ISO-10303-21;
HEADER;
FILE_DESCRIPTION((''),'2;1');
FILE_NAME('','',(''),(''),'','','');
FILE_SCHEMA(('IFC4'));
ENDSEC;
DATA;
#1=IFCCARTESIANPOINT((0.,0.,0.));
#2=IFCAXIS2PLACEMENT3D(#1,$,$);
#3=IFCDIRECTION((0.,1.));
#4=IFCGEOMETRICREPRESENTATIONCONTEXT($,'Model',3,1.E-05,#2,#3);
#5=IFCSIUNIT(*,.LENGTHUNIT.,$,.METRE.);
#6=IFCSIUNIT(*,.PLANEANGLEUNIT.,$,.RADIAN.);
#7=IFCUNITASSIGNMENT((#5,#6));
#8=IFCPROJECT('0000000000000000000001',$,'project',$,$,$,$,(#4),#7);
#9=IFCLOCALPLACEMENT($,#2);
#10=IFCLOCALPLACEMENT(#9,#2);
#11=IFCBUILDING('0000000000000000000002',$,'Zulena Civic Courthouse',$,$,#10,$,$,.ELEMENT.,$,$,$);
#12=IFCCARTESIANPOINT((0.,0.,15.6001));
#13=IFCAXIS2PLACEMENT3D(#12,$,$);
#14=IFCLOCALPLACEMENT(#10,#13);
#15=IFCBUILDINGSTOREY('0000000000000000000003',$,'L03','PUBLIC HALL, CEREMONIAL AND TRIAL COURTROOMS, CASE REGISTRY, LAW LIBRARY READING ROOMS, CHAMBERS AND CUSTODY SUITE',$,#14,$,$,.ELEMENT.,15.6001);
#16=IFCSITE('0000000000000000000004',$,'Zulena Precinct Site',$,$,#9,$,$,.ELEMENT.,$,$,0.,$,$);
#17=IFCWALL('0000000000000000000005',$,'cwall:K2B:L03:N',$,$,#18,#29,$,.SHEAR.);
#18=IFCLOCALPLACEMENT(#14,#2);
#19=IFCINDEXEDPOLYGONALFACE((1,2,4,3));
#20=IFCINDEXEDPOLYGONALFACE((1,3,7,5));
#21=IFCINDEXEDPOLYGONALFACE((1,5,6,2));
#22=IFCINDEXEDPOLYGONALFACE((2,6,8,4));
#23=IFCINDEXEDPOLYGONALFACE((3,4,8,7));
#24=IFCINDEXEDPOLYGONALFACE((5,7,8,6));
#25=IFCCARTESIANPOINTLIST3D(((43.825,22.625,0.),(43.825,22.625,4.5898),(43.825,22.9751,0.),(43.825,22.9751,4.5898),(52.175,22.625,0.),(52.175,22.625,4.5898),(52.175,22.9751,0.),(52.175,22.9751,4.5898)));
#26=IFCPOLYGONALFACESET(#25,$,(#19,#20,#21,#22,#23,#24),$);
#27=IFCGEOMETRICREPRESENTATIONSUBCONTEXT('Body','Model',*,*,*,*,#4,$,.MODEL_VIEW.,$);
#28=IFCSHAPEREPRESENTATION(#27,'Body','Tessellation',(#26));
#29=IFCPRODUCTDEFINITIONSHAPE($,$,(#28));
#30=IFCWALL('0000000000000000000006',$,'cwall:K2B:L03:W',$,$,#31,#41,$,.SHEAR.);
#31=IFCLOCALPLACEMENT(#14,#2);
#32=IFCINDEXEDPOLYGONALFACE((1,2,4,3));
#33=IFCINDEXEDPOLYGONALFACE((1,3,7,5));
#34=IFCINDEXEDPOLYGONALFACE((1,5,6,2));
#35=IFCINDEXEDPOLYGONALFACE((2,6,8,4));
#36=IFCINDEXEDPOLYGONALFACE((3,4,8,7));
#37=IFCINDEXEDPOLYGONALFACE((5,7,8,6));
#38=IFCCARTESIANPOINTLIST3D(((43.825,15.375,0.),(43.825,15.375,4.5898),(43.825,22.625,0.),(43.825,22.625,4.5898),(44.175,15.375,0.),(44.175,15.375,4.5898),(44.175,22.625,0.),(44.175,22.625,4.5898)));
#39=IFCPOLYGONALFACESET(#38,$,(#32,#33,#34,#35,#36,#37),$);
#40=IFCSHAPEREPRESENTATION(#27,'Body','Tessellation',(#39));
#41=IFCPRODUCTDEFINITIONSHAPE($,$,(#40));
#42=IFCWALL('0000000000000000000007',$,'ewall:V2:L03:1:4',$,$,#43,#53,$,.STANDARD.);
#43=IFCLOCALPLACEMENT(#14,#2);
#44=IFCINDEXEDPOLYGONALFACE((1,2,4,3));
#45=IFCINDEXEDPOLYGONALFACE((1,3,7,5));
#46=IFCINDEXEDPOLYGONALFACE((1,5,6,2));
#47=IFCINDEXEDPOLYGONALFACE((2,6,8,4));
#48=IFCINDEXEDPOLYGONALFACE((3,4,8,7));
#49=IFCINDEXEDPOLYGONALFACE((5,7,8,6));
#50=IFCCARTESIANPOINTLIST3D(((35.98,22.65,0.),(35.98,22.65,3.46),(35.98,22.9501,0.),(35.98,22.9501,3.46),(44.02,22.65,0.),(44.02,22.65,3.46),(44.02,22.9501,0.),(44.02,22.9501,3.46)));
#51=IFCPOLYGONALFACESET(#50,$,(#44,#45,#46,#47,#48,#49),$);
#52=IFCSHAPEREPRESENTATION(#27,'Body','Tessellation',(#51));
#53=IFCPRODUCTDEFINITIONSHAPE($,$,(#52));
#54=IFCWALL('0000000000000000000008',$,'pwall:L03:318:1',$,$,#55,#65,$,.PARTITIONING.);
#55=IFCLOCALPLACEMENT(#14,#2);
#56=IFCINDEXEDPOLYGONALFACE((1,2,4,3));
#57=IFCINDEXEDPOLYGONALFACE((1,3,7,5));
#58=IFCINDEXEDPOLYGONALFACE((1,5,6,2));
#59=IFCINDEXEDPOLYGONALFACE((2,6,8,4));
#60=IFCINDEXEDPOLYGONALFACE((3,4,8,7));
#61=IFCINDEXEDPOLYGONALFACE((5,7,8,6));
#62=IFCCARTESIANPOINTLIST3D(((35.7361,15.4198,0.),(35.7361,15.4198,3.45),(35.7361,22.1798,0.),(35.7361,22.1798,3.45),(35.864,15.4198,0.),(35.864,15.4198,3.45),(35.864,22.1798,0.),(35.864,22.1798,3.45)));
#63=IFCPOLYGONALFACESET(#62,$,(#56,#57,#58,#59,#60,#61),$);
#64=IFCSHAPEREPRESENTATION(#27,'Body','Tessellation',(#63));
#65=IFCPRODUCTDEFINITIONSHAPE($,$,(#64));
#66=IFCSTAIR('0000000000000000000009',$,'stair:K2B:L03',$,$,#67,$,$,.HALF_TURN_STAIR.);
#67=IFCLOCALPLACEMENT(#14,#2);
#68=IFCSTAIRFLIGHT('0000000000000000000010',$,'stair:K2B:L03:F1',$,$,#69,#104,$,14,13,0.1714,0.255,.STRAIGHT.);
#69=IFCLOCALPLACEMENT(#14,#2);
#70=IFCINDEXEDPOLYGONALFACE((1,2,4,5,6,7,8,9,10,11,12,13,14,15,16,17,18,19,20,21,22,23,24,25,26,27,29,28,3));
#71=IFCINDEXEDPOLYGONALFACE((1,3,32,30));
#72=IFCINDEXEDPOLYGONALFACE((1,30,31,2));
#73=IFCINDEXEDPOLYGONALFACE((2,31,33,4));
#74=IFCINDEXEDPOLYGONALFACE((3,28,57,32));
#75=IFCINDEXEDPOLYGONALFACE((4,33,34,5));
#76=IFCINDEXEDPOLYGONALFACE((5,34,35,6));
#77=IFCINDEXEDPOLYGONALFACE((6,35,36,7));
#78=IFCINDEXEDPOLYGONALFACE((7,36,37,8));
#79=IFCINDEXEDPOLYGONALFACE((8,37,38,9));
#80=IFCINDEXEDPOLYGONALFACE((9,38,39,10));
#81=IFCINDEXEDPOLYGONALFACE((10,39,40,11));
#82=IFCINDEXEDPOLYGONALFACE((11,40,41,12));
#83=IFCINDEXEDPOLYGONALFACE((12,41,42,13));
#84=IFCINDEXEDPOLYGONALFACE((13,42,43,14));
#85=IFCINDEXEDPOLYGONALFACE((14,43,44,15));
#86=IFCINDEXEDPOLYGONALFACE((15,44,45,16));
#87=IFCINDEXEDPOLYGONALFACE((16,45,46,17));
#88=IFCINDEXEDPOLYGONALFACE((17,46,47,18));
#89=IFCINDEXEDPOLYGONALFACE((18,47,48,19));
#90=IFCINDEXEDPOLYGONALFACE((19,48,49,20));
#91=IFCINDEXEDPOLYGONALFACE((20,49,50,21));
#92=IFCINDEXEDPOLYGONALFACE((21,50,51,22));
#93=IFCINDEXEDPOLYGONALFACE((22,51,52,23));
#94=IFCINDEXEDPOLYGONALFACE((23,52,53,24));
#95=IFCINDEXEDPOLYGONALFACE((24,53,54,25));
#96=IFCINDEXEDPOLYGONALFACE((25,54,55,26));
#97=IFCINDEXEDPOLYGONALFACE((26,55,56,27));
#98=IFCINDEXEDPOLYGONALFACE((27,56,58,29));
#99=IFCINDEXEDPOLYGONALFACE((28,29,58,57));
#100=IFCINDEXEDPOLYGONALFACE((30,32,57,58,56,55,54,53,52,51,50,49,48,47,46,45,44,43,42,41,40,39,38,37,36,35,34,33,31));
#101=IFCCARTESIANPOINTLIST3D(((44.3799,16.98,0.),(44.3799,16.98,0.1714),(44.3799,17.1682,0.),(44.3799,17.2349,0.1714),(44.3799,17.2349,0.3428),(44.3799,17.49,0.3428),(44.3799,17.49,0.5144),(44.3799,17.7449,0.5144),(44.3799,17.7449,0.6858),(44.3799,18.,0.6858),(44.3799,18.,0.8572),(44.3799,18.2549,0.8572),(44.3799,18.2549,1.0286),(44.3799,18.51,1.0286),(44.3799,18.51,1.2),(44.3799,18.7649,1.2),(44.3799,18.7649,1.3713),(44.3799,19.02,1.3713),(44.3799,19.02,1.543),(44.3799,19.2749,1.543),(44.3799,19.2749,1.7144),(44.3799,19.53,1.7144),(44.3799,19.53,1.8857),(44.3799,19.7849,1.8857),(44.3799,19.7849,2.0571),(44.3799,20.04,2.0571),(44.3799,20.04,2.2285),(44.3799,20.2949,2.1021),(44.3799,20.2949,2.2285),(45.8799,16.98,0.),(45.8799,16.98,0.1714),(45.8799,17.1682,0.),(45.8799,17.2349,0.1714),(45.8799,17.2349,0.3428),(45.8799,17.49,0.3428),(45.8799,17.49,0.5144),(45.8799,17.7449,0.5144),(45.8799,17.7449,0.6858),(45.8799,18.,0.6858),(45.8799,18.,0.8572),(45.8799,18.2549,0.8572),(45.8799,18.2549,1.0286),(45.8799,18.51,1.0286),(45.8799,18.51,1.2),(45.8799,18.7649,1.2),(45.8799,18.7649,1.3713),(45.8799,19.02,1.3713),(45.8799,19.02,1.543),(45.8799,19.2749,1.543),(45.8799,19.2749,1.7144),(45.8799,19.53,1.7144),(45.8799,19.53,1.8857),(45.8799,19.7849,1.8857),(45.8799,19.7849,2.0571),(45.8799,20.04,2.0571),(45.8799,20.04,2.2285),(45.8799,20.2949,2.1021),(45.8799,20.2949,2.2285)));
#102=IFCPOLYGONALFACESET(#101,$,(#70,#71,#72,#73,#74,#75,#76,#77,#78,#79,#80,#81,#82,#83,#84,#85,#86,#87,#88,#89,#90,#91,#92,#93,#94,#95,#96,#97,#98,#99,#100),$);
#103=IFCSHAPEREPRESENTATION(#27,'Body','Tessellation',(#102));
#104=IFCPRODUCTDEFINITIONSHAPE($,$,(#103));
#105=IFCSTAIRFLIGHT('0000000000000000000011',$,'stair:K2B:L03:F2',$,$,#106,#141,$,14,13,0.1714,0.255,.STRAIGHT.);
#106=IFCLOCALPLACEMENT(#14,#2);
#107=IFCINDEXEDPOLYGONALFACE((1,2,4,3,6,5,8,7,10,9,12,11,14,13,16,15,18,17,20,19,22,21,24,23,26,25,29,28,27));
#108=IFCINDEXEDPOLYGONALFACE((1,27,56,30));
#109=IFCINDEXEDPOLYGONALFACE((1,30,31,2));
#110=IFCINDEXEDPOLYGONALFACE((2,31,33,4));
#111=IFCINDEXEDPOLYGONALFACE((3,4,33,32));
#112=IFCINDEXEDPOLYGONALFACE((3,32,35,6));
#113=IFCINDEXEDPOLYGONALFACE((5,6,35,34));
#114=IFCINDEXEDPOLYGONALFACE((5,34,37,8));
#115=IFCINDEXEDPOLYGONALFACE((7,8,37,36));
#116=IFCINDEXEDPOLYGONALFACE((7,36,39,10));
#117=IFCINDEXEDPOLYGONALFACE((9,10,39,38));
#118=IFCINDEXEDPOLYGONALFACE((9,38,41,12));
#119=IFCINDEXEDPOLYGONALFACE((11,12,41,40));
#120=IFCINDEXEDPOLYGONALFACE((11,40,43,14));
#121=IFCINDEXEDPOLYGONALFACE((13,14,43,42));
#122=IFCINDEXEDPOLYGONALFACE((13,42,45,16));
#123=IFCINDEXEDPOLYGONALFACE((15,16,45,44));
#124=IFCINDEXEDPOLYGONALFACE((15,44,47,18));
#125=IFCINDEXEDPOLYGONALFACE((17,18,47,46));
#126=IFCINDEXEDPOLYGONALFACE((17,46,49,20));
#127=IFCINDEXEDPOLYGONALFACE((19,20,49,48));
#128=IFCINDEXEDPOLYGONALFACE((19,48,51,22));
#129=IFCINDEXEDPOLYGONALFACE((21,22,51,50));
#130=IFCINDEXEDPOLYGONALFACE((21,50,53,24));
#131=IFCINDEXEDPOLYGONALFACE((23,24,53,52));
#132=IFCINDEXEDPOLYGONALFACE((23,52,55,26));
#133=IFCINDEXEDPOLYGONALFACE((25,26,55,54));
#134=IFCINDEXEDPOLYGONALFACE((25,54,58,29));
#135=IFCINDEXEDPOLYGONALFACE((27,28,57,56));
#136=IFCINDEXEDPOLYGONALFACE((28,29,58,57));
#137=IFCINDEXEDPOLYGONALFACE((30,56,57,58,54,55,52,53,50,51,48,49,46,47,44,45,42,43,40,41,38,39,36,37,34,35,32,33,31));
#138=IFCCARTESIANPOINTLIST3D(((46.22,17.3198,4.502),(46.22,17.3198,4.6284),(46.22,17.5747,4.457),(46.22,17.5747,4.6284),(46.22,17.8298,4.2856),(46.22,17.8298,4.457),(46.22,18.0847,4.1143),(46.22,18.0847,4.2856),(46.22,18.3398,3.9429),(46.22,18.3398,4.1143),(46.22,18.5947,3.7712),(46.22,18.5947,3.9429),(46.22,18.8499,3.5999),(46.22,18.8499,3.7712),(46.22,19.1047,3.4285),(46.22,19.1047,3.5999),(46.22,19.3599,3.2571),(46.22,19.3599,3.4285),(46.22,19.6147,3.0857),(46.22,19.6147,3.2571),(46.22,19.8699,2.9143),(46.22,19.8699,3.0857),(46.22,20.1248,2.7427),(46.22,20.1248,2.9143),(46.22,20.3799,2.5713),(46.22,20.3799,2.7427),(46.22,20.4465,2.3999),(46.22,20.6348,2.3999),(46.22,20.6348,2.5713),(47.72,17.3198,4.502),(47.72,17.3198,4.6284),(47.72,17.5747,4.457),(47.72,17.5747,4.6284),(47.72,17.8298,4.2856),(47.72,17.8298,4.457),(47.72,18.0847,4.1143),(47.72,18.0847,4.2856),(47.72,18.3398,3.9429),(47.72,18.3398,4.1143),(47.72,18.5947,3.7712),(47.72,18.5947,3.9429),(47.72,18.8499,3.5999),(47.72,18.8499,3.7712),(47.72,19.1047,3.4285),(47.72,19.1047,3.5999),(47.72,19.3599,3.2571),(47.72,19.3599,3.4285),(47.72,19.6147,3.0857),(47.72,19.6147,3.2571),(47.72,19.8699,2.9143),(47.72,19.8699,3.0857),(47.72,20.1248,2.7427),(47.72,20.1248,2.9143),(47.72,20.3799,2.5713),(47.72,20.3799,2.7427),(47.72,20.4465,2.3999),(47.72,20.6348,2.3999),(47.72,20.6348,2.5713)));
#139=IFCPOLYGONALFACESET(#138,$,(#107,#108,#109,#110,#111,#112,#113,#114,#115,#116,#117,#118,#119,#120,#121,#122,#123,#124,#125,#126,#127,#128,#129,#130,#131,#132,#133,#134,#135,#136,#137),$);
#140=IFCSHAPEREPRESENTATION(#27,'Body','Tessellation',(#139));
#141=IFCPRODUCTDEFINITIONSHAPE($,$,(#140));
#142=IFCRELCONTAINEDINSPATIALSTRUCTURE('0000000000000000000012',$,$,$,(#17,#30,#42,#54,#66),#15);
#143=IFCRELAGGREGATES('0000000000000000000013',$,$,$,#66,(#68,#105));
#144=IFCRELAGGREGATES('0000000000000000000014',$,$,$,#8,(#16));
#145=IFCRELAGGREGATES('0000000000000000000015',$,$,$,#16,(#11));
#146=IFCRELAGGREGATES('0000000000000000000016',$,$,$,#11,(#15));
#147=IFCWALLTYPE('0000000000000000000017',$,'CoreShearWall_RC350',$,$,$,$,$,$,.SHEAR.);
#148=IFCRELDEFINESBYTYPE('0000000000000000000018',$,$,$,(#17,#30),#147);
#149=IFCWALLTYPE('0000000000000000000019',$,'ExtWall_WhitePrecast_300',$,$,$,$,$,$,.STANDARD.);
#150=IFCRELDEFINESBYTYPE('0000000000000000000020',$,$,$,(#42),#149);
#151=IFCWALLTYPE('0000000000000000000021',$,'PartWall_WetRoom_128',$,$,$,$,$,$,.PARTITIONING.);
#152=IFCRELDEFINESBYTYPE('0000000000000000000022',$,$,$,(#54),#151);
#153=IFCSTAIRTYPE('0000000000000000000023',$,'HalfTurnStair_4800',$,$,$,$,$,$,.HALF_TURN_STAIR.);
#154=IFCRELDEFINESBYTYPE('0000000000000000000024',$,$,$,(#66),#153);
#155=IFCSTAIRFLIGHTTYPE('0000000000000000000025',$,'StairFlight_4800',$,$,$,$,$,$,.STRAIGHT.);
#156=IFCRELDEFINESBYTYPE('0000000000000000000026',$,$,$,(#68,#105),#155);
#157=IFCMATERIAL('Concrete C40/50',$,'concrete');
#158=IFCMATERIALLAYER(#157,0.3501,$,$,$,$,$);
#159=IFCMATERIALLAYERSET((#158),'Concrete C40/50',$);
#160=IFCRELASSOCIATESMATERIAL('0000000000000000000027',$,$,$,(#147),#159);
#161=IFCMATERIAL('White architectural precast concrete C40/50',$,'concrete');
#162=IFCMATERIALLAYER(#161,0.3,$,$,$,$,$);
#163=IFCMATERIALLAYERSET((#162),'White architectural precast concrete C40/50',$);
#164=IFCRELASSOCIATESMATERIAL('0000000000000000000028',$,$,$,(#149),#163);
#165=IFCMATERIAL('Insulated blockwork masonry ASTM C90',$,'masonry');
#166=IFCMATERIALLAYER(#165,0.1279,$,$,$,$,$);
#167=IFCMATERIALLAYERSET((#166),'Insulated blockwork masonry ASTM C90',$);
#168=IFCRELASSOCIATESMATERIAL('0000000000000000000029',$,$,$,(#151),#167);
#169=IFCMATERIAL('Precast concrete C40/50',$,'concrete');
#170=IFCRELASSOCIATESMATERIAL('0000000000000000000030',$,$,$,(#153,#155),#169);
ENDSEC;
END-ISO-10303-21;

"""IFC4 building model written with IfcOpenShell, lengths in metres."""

from ifc_helpers import new_model, si_unit, direction, frame, frame_2d, origin, place, context, subcontext, project, spatial, polyline, rectangle, outline, extrude, material, layer, layer_set, type_object, element, aggregate, save


model = new_model("IFC4")

# Units and contexts
model_context = context("Model", 3, precision=1e-05, world=origin(), true_north=direction((0.0, 1.0)))
body_context = subcontext(model_context, "Body", "Model", "MODEL_VIEW")
ifc_project = project(units=[si_unit("LENGTHUNIT", "METRE"), si_unit("PLANEANGLEUNIT", "RADIAN")], contexts=[model_context])

# Site, building, storey
site_placement = place(None, origin())
site = spatial("IfcSite", under=ifc_project, at=site_placement, Name="Zulena Precinct Site", CompositionType="ELEMENT", RefElevation=0.0)
building_placement = place(site_placement, origin())
building = spatial("IfcBuilding", under=site, at=building_placement, Name="Zulena Civic Courthouse", CompositionType="ELEMENT")
storey_placement = place(building_placement, frame((0.0, 0.0, 15.6001)))
storey = spatial("IfcBuildingStorey", under=building, at=storey_placement, Name="L03", Description="PUBLIC HALL, CEREMONIAL AND TRIAL COURTROOMS, CASE REGISTRY, LAW LIBRARY READING ROOMS, CHAMBERS AND CUSTODY SUITE", CompositionType="ELEMENT", Elevation=15.6001)

# Shared definitions
ifc_material_1 = material(Name="Concrete C40/50", Category="concrete")

# Walls
ifc_layer_1 = layer(ifc_material_1, 0.3501)
ifc_layer_set_1 = layer_set([ifc_layer_1], Name="Concrete C40/50")
wall_type_1 = type_object("IfcWallType", Name="CoreShearWall_RC350", PredefinedType="SHEAR", material=ifc_layer_set_1)
wall_1_placement = place(storey_placement, frame((43.825, 22.8, 0.0), z_axis=(0.0, 0.0, 1.0), x_axis=(1.0, 0.0, 0.0)))
element("IfcWall", 1, at=wall_1_placement, inside=storey, type_object=wall_type_1, Name="cwall:K2B:L03:N", PredefinedType="SHEAR", context=body_context, shape_type="SweptSolid", body=[
    extrude(rectangle(XDim=8.3501, YDim=0.3501, at=frame_2d((4.175, 0.0))), origin(), (0.0, 0.0, 1.0), 4.5898),
])
wall_2_placement = place(storey_placement, frame((44.0, 15.375, 0.0), z_axis=(0.0, 0.0, 1.0), x_axis=(0.0, 1.0, 0.0)))
element("IfcWall", 2, at=wall_2_placement, inside=storey, type_object=wall_type_1, Name="cwall:K2B:L03:W", PredefinedType="SHEAR", context=body_context, shape_type="SweptSolid", body=[
    extrude(rectangle(XDim=7.25, YDim=0.3501, at=frame_2d((3.625, 0.0))), origin(), (0.0, 0.0, 1.0), 4.5898),
])
ifc_material_2 = material(Name="White architectural precast concrete C40/50", Category="concrete")
ifc_layer_2 = layer(ifc_material_2, 0.3)
ifc_layer_set_2 = layer_set([ifc_layer_2], Name="White architectural precast concrete C40/50")
wall_type_2 = type_object("IfcWallType", Name="ExtWall_WhitePrecast_300", PredefinedType="STANDARD", material=ifc_layer_set_2)
wall_3_placement = place(storey_placement, frame((35.98, 22.8, 0.0), z_axis=(0.0, 0.0, 1.0), x_axis=(1.0, 0.0, 0.0)))
element("IfcWall", 3, at=wall_3_placement, inside=storey, type_object=wall_type_2, Name="ewall:V2:L03:1:4", PredefinedType="STANDARD", context=body_context, shape_type="SweptSolid", body=[
    extrude(rectangle(XDim=8.04, YDim=0.3, at=frame_2d((4.02, 0.0))), origin(), (0.0, 0.0, 1.0), 3.46),
])
ifc_material_3 = material(Name="Insulated blockwork masonry ASTM C90", Category="masonry")
ifc_layer_3 = layer(ifc_material_3, 0.1279)
ifc_layer_set_3 = layer_set([ifc_layer_3], Name="Insulated blockwork masonry ASTM C90")
wall_type_3 = type_object("IfcWallType", Name="PartWall_WetRoom_128", PredefinedType="PARTITIONING", material=ifc_layer_set_3)
wall_4_placement = place(storey_placement, frame((35.8, 15.4199, 0.0), z_axis=(0.0, 0.0, 1.0), x_axis=(0.0, 1.0, 0.0)))
element("IfcWall", 4, at=wall_4_placement, inside=storey, type_object=wall_type_3, Name="pwall:L03:318:1", PredefinedType="PARTITIONING", context=body_context, shape_type="SweptSolid", body=[
    extrude(rectangle(XDim=6.76, YDim=0.1279, at=frame_2d((3.3799, 0.0))), origin(), (0.0, 0.0, 1.0), 3.45),
])

# Stair, stair flights
ifc_material_4 = material(Name="Precast concrete C40/50", Category="concrete")
stair_type = type_object("IfcStairType", Name="HalfTurnStair_4800", PredefinedType="HALF_TURN_STAIR", material=ifc_material_4)
stair_placement = place(storey_placement, origin())
stair = element("IfcStair", 5, at=stair_placement, inside=storey, type_object=stair_type, Name="stair:K2B:L03", PredefinedType="HALF_TURN_STAIR")
stair_flight_type = type_object("IfcStairFlightType", Name="StairFlight_4800", PredefinedType="STRAIGHT", material=ifc_material_4)
stair_flight_1_placement = place(storey_placement, frame((45.1299, 16.98, 0.0), z_axis=(0.0, 0.0, 1.0), x_axis=(0.0, 1.0, 0.0)))
stair_flight_1 = element("IfcStairFlight", 6, at=stair_flight_1_placement, type_object=stair_flight_type, Name="stair:K2B:L03:F1", NumberOfRisers=14, NumberOfTreads=13, PredefinedType="STRAIGHT", RiserHeight=0.1714, TreadLength=0.255, context=body_context, shape_type="SweptSolid", body=[
    extrude(outline(polyline([(0.0, 0.0), (0.0, 0.1714), (0.2549, 0.1714), (0.2549, 0.3428), (0.51, 0.3428), (0.51, 0.5144), (0.7649, 0.5144), (0.7649, 0.6858), (1.02, 0.6858), (1.02, 0.8572), (1.2749, 0.8572), (1.2749, 1.0286), (1.53, 1.0286), (1.53, 1.2), (1.7849, 1.2), (1.7849, 1.3713), (2.04, 1.3713), (2.04, 1.543), (2.2949, 1.543), (2.2949, 1.7144), (2.55, 1.7144), (2.55, 1.8857), (2.8049, 1.8857), (2.8049, 2.0571), (3.0601, 2.0571), (3.0601, 2.2285), (3.3149, 2.2285), (3.3149, 2.3999), (3.3149, 2.1021), (0.1882, 0.0), (0.0, 0.0)])), frame((0.0, 0.75, 0.0), z_axis=(0.0, -1.0, 0.0), x_axis=(1.0, 0.0, 0.0)), (0.0, 0.0, 1.0), 1.5),
])
stair_flight_2_placement = place(storey_placement, frame((46.97, 20.6348, 2.3999), z_axis=(0.0, 0.0, 1.0), x_axis=(0.0, -1.0, 0.0)))
stair_flight_2 = element("IfcStairFlight", 7, at=stair_flight_2_placement, type_object=stair_flight_type, Name="stair:K2B:L03:F2", NumberOfRisers=14, NumberOfTreads=13, PredefinedType="STRAIGHT", RiserHeight=0.1714, TreadLength=0.255, context=body_context, shape_type="SweptSolid", body=[
    extrude(outline(polyline([(0.0, 0.0), (0.0, 0.1714), (0.2549, 0.1714), (0.2549, 0.3428), (0.51, 0.3428), (0.51, 0.5144), (0.7649, 0.5144), (0.7649, 0.6858), (1.02, 0.6858), (1.02, 0.8572), (1.2749, 0.8572), (1.2749, 1.0286), (1.53, 1.0286), (1.53, 1.2), (1.7849, 1.2), (1.7849, 1.3713), (2.04, 1.3713), (2.04, 1.543), (2.2949, 1.543), (2.2949, 1.7144), (2.55, 1.7144), (2.55, 1.8857), (2.8049, 1.8857), (2.8049, 2.0571), (3.0601, 2.0571), (3.0601, 2.2285), (3.3149, 2.2285), (3.3149, 2.3999), (3.3149, 2.1021), (0.1882, 0.0), (0.0, 0.0)])), frame((0.0, 0.75, 0.0), z_axis=(0.0, -1.0, 0.0), x_axis=(1.0, 0.0, 0.0)), (0.0, 0.0, 1.0), 1.5),
])
aggregate(stair, [stair_flight_1, stair_flight_2])

save(model, "model.ifc")
